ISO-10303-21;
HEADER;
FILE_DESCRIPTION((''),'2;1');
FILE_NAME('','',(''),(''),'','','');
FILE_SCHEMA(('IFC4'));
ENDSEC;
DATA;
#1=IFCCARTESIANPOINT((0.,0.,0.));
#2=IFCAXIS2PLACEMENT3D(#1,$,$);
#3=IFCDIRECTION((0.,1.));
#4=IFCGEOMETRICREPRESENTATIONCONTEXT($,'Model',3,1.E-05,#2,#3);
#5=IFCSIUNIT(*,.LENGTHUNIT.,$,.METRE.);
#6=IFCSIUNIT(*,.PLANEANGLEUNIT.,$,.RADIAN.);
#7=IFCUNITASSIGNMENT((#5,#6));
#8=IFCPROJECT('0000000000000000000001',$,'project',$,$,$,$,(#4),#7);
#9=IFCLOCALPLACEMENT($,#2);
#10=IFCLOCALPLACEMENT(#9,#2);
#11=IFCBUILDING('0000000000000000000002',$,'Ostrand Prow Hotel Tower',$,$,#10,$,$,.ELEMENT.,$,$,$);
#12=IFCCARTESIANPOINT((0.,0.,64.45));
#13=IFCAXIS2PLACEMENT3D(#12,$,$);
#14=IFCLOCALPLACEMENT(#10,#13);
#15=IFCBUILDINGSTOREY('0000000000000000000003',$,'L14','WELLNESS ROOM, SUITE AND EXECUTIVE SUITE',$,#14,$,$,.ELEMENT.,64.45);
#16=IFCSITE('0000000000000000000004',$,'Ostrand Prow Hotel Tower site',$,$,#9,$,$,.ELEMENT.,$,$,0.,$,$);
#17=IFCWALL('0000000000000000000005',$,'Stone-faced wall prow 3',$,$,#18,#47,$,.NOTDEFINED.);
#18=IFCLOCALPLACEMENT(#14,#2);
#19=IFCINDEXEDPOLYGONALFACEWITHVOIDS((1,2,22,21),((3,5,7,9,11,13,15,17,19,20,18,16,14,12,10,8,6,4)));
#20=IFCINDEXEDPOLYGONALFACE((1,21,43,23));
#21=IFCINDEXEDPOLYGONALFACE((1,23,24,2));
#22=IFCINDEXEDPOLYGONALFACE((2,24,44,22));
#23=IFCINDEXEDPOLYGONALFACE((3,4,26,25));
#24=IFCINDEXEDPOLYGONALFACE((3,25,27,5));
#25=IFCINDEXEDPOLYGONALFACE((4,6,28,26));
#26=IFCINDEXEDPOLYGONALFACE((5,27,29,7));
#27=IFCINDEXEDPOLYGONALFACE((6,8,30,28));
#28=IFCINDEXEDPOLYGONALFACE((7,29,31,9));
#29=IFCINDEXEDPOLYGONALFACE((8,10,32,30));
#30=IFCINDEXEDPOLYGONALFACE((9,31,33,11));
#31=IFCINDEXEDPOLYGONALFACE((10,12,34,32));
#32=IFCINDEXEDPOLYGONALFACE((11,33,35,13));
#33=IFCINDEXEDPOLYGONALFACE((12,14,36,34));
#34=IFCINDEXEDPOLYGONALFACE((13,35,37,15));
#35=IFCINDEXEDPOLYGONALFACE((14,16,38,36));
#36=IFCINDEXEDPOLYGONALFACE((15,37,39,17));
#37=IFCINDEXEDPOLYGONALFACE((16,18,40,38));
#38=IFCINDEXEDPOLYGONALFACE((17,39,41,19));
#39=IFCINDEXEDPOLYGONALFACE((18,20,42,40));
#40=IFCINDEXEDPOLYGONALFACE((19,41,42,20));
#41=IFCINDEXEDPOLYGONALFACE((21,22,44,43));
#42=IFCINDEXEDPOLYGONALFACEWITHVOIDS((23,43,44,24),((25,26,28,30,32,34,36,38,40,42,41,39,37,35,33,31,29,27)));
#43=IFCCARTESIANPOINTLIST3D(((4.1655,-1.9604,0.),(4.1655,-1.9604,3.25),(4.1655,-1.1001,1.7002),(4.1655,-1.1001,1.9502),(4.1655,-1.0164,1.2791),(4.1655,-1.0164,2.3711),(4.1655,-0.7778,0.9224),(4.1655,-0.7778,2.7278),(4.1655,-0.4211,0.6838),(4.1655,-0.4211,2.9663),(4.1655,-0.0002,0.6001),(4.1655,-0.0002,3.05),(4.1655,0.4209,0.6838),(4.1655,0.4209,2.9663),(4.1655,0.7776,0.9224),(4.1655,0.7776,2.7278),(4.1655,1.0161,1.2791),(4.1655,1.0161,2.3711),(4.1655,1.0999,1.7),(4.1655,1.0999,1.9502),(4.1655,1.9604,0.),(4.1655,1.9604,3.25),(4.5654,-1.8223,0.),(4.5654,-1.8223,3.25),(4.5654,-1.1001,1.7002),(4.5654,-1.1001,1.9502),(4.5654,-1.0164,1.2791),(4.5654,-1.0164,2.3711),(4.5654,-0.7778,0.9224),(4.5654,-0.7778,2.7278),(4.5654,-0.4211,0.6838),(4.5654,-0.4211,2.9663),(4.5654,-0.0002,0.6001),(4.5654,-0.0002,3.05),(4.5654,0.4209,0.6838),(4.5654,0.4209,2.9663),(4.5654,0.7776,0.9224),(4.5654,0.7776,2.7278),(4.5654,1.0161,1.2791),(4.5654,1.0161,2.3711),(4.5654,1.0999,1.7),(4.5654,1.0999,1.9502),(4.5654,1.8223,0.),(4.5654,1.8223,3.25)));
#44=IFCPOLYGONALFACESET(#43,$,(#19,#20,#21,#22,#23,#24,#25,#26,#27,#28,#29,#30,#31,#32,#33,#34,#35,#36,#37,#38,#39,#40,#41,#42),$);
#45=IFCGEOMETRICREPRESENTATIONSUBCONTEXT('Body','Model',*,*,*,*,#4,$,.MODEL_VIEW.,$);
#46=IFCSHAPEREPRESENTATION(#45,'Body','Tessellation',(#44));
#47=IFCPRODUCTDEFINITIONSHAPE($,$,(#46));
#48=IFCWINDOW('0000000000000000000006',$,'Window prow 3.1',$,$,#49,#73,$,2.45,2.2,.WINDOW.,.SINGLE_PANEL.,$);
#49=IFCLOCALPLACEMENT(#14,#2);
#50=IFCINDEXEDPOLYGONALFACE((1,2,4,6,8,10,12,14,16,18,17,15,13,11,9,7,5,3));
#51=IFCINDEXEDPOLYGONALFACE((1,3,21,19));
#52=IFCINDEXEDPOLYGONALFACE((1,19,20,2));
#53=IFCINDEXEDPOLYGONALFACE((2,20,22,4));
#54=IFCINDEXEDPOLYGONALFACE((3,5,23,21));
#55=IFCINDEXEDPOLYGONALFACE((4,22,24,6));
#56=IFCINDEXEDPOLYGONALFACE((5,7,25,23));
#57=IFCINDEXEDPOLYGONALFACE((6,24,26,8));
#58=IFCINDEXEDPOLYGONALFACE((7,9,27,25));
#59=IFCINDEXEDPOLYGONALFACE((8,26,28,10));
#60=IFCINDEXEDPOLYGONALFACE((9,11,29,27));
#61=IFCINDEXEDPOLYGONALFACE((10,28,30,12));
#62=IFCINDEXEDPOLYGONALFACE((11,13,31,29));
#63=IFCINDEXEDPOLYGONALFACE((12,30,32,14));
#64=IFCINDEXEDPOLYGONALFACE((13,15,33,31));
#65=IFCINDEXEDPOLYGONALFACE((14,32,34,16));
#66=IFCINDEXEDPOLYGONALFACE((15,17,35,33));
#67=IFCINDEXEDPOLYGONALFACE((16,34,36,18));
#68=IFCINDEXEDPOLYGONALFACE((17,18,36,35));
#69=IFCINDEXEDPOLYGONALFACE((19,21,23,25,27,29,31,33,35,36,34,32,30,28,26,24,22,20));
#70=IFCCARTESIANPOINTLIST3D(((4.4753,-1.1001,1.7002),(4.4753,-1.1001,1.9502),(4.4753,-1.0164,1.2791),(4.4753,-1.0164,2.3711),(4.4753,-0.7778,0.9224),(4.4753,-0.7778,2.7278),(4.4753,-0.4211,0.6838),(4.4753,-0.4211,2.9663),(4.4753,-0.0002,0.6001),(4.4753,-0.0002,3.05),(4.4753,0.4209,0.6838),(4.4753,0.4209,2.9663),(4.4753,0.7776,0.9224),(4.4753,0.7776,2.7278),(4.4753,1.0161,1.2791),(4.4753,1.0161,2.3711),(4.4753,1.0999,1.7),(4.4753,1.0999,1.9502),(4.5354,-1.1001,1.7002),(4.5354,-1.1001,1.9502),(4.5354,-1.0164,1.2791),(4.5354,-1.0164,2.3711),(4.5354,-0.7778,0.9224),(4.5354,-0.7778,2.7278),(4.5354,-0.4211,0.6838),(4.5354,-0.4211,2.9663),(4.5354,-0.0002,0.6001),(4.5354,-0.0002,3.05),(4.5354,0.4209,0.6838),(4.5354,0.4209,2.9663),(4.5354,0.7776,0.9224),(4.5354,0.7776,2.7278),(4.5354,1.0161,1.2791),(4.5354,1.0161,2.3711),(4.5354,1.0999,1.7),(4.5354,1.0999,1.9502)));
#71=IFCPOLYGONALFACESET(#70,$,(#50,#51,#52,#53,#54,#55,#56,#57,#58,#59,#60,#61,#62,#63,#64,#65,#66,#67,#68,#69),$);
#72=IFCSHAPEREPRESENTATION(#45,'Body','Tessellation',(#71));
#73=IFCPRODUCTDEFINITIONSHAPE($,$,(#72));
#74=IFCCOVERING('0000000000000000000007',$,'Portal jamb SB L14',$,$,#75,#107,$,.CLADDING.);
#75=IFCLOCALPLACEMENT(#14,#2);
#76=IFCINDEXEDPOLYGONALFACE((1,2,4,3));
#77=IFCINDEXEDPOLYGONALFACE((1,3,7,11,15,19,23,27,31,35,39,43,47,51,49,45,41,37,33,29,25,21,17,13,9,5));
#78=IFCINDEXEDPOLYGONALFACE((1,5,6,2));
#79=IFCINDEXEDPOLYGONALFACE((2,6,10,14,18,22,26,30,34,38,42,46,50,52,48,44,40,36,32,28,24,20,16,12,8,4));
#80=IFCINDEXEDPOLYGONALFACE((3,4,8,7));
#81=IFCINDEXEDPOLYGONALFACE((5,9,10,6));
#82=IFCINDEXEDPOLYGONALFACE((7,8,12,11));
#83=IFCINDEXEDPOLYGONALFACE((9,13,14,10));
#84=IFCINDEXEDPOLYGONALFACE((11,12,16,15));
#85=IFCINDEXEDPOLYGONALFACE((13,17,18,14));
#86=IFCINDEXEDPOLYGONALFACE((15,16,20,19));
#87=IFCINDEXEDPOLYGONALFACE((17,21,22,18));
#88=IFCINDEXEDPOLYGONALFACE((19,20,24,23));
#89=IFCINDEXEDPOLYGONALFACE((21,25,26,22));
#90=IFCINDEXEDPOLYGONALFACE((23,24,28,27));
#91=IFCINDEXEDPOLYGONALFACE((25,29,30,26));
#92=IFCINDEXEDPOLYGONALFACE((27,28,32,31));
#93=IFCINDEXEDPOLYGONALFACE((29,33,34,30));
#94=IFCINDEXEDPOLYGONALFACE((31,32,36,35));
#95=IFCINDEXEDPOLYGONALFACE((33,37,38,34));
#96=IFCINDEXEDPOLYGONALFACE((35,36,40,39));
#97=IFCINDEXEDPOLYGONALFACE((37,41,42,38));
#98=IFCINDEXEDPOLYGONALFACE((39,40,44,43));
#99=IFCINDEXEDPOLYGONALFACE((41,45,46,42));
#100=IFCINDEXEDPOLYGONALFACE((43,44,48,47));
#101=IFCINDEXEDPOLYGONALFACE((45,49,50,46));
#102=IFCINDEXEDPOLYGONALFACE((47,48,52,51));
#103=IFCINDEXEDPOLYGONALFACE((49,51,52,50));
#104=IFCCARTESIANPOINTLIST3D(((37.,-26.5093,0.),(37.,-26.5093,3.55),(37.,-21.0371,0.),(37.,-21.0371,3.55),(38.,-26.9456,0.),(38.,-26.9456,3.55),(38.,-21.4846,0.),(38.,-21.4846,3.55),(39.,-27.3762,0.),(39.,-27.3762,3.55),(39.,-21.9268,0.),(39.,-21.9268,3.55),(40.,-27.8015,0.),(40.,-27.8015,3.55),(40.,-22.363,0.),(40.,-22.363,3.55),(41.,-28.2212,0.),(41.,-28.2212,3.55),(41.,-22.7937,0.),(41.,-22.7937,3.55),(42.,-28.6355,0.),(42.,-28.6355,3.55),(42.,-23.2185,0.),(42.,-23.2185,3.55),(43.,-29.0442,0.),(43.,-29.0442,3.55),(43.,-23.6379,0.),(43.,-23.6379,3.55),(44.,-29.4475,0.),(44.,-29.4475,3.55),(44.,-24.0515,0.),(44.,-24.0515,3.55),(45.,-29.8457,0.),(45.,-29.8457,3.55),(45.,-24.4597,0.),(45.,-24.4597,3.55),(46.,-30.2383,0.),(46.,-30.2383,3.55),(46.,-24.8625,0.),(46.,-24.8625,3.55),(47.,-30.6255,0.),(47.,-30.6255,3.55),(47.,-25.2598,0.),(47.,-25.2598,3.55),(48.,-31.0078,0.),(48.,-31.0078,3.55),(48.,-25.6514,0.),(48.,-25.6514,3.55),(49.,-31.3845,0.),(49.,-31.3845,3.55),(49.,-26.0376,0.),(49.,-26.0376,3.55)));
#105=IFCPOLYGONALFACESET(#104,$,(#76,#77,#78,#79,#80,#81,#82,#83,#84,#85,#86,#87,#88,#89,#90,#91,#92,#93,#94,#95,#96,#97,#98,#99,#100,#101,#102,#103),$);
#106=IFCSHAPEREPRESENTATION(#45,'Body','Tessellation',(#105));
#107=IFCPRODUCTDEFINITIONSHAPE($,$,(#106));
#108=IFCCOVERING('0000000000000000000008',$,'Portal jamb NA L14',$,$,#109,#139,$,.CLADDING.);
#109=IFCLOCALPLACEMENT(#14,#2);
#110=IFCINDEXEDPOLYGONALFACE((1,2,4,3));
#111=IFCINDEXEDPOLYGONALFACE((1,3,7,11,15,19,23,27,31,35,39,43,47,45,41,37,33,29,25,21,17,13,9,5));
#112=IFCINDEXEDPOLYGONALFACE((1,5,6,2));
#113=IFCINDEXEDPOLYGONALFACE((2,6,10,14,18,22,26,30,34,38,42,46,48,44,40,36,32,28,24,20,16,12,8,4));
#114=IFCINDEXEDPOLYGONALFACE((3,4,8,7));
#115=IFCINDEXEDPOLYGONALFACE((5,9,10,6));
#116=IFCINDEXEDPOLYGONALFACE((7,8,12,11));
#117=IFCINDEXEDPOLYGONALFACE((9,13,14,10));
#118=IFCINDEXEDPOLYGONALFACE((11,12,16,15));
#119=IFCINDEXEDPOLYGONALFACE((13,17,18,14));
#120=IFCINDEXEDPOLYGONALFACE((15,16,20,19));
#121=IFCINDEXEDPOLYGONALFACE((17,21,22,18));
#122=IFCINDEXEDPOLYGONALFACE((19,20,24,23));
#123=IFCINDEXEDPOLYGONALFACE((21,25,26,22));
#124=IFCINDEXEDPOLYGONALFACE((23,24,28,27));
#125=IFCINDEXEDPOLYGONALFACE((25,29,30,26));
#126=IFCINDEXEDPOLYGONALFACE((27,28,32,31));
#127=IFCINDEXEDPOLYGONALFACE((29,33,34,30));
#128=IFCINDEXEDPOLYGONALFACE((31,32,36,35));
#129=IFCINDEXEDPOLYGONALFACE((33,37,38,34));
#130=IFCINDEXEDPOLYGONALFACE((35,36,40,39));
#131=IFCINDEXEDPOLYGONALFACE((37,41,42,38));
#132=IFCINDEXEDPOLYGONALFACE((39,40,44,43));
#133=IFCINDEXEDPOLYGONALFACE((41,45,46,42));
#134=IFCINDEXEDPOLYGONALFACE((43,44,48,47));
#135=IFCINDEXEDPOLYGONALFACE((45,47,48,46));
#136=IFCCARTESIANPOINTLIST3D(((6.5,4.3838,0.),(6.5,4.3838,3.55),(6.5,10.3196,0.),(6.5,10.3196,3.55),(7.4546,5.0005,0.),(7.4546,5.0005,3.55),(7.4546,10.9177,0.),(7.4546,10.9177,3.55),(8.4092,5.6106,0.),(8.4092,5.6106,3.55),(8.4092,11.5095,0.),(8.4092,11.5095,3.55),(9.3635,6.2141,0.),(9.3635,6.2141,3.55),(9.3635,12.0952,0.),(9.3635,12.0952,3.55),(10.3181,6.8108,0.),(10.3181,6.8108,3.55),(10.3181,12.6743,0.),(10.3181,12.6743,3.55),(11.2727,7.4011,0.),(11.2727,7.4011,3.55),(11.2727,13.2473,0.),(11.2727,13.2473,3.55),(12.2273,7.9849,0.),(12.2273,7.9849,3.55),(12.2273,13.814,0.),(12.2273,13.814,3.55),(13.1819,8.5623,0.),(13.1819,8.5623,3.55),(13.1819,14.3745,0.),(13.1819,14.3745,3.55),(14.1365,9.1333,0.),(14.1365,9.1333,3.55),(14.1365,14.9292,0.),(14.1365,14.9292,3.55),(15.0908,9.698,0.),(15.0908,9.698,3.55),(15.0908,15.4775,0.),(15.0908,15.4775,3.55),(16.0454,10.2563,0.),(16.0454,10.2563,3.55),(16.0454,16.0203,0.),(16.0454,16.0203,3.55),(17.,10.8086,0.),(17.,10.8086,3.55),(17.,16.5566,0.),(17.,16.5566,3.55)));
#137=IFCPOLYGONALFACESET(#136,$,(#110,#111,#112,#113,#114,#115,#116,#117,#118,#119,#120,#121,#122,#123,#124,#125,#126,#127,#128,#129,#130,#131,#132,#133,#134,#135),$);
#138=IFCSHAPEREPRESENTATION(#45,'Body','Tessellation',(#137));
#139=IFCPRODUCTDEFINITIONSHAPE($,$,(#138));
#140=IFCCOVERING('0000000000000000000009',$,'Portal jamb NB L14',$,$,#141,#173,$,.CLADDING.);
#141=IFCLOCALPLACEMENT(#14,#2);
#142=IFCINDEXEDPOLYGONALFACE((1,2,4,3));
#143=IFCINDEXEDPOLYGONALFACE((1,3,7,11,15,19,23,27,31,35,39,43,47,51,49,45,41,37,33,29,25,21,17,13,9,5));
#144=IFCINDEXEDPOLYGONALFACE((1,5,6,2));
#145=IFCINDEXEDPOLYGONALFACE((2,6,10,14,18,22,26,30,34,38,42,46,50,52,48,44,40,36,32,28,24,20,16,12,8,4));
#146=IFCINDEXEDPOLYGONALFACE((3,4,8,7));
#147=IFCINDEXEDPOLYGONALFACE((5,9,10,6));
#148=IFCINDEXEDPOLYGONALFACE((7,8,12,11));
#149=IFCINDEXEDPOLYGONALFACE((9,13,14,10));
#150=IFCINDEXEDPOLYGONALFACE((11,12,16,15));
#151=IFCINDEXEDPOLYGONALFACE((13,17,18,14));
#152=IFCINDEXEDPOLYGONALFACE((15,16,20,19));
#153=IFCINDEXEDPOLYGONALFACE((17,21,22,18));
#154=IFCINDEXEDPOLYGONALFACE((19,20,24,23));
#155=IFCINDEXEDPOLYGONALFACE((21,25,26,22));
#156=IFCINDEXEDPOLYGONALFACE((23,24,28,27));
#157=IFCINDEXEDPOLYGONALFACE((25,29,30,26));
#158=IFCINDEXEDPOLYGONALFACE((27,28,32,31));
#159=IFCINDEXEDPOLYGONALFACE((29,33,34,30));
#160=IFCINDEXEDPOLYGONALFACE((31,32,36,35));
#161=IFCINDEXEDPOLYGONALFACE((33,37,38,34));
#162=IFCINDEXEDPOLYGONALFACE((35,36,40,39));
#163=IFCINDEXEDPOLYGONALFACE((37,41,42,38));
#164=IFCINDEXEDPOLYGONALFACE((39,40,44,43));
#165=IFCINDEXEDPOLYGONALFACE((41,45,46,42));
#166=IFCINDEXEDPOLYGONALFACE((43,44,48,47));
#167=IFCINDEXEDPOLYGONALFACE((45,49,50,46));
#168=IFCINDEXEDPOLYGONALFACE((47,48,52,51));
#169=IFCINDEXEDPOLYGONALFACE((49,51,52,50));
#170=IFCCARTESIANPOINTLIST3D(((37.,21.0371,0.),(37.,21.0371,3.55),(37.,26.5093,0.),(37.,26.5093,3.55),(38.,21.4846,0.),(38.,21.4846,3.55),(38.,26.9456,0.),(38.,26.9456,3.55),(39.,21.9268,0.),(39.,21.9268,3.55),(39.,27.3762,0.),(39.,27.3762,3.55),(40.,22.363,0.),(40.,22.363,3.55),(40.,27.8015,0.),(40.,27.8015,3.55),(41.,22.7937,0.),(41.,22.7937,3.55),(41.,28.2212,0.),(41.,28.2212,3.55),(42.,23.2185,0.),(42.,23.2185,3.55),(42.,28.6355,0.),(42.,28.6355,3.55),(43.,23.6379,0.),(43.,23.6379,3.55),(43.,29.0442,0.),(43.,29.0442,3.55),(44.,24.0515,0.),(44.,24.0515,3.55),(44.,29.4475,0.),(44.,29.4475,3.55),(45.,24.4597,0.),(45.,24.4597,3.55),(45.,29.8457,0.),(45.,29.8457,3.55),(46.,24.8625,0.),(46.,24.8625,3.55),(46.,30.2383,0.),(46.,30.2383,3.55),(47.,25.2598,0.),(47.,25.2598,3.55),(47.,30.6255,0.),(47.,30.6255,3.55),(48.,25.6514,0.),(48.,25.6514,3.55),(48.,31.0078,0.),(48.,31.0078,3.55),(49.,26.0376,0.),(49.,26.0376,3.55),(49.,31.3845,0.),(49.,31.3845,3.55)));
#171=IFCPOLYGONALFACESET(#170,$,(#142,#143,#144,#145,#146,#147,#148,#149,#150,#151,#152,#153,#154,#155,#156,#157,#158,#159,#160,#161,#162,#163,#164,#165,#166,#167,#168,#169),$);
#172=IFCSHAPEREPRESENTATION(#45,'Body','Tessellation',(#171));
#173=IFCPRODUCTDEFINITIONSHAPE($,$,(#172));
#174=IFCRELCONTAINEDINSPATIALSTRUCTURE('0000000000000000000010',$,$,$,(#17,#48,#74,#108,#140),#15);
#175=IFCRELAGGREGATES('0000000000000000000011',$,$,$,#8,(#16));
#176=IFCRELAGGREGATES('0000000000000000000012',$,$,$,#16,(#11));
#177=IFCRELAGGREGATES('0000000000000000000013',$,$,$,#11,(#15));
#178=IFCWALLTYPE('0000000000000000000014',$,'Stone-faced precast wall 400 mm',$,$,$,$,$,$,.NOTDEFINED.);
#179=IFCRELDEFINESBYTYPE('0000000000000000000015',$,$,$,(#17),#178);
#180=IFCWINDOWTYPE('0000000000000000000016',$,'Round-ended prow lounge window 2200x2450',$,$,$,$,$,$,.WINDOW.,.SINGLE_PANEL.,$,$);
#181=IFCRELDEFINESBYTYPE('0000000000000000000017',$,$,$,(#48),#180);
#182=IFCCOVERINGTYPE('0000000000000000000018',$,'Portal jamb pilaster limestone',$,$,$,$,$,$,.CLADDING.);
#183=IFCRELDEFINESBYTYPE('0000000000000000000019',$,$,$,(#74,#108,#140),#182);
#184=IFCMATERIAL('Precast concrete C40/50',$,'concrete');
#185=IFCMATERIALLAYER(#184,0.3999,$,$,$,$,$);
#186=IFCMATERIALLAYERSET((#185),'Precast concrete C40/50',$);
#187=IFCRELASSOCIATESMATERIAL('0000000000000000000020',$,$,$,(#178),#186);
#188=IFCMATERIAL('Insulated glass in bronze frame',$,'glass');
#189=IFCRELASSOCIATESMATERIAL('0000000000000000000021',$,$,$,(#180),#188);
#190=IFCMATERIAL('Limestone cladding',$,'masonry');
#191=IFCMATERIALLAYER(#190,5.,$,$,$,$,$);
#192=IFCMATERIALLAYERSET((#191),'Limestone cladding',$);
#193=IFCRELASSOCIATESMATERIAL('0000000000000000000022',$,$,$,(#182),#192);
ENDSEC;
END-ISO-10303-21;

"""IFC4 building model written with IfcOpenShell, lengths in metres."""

from ifc_helpers import new_model, si_unit, direction, frame, origin, place, context, subcontext, project, spatial, polyline, outline, extrude, material, layer, layer_set, type_object, element, fill, save


model = new_model("IFC4")

# Units and contexts
model_context = context("Model", 3, precision=1e-05, world=origin(), true_north=direction((0.0, 1.0)))
body_context = subcontext(model_context, "Body", "Model", "MODEL_VIEW")
ifc_project = project(units=[si_unit("LENGTHUNIT", "METRE"), si_unit("PLANEANGLEUNIT", "RADIAN")], contexts=[model_context])

# Site, building, storey
site_placement = place(None, origin())
site = spatial("IfcSite", under=ifc_project, at=site_placement, Name="Ostrand Prow Hotel Tower site", CompositionType="ELEMENT", RefElevation=0.0)
building_placement = place(site_placement, origin())
building = spatial("IfcBuilding", under=site, at=building_placement, Name="Ostrand Prow Hotel Tower", CompositionType="ELEMENT")
storey_placement = place(building_placement, frame((0.0, 0.0, 64.45)))
storey = spatial("IfcBuildingStorey", under=building, at=storey_placement, Name="L14", Description="WELLNESS ROOM, SUITE AND EXECUTIVE SUITE", CompositionType="ELEMENT", Elevation=64.45)

# Wall, opening, window
ifc_material_1 = material(Name="Precast concrete C40/50", Category="concrete")
ifc_layer_1 = layer(ifc_material_1, 0.3999)
ifc_layer_set_1 = layer_set([ifc_layer_1], Name="Precast concrete C40/50")
wall_type_1 = type_object("IfcWallType", Name="Stone-faced precast wall 400 mm", PredefinedType="NOTDEFINED", material=ifc_layer_set_1)
ifc_material_2 = material(Name="Insulated glass in bronze frame", Category="glass")
window_type = type_object("IfcWindowType", Name="Round-ended prow lounge window 2200x2450", PartitioningType="SINGLE_PANEL", PredefinedType="WINDOW", material=ifc_material_2)
wall_1_placement = place(storey_placement, frame((4.3655, 1.8914, 0.0), z_axis=(0.0, 0.0, 1.0), x_axis=(0.0, -1.0, 0.0)))
wall_1 = element("IfcWall", 1, at=wall_1_placement, inside=storey, type_object=wall_type_1, Name="Stone-faced wall prow 3", PredefinedType="NOTDEFINED", context=body_context, shape_type="SweptSolid", body=[
    extrude(outline(polyline([(-0.0691, -0.2), (3.8518, -0.2), (3.7136, 0.2), (0.0691, 0.2), (-0.0691, -0.2)])), origin(), (0.0, 0.0, 1.0), 3.25),
])
opening_1_placement = place(wall_1_placement, frame((0.7915, 0.0, 0.6001)))
opening_1 = element("IfcOpeningElement", 2, at=opening_1_placement, cuts=wall_1, PredefinedType="OPENING", context=body_context, shape_type="SweptSolid", body=[
    extrude(outline(polyline([(0.0, 1.3501), (0.0837, 1.771), (0.3223, 2.1277), (0.679, 2.3662), (1.1001, 2.45), (1.521, 2.3662), (1.8777, 2.1277), (2.1162, 1.771), (2.2, 1.3501), (2.2, 1.1001), (2.1162, 0.679), (1.8777, 0.3223), (1.521, 0.0837), (1.1001, 0.0), (0.679, 0.0837), (0.3223, 0.3223), (0.0837, 0.679), (0.0, 1.0999), (0.0, 1.3501)])), frame((0.0, 0.21, 0.0), z_axis=(0.0, -1.0, 0.0), x_axis=(1.0, 0.0, 0.0)), (0.0, 0.0, 1.0), 0.4199),
])
window_1_placement = place(opening_1_placement, origin())
window_1 = element("IfcWindow", 3, at=window_1_placement, inside=storey, type_object=window_type, Name="Window prow 3.1", OverallHeight=2.45, OverallWidth=2.2, PartitioningType="SINGLE_PANEL", PredefinedType="WINDOW", context=body_context, shape_type="SweptSolid", body=[
    extrude(outline(polyline([(0.0, 1.3501), (0.0837, 1.771), (0.3223, 2.1277), (0.679, 2.3662), (1.1001, 2.45), (1.521, 2.3662), (1.8777, 2.1277), (2.1162, 1.771), (2.2, 1.3501), (2.2, 1.1001), (2.1162, 0.679), (1.8777, 0.3223), (1.521, 0.0837), (1.1001, 0.0), (0.679, 0.0837), (0.3223, 0.3223), (0.0837, 0.679), (0.0, 1.0999), (0.0, 1.3501)])), frame((0.0, 0.1699, 0.0), z_axis=(0.0, -1.0, 0.0), x_axis=(1.0, 0.0, 0.0)), (0.0, 0.0, 1.0), 0.0601),
])
fill(opening_1, window_1)

# Coverings
ifc_material_3 = material(Name="Limestone cladding", Category="masonry")
ifc_layer_2 = layer(ifc_material_3, 5.0)
ifc_layer_set_2 = layer_set([ifc_layer_2], Name="Limestone cladding")
covering_type_1 = type_object("IfcCoveringType", Name="Portal jamb pilaster limestone", PredefinedType="CLADDING", material=ifc_layer_set_2)
covering_1_placement = place(storey_placement, origin())
element("IfcCovering", 4, at=covering_1_placement, inside=storey, type_object=covering_type_1, Name="Portal jamb SB L14", PredefinedType="CLADDING", context=body_context, shape_type="SweptSolid", body=[
    extrude(outline(polyline([(37.0, -21.0371), (37.0, -26.5093), (38.0, -26.9456), (39.0, -27.3762), (40.0, -27.8015), (41.0, -28.2212), (42.0, -28.6355), (43.0, -29.0442), (44.0, -29.4475), (45.0, -29.8457), (46.0, -30.2383), (47.0, -30.6255), (48.0, -31.0078), (49.0, -31.3845), (49.0, -26.0376), (48.0, -25.6514), (47.0, -25.2598), (46.0, -24.8625), (45.0, -24.4597), (44.0, -24.0515), (43.0, -23.6379), (42.0, -23.2185), (41.0, -22.7937), (40.0, -22.363), (39.0, -21.9268), (38.0, -21.4846), (37.0, -21.0371)])), origin(), (0.0, 0.0, 1.0), 3.55),
])
covering_2_placement = place(storey_placement, origin())
element("IfcCovering", 5, at=covering_2_placement, inside=storey, type_object=covering_type_1, Name="Portal jamb NA L14", PredefinedType="CLADDING", context=body_context, shape_type="SweptSolid", body=[
    extrude(outline(polyline([(6.5, 4.3838), (7.4546, 5.0005), (8.4092, 5.6106), (9.3635, 6.2141), (10.3181, 6.8108), (11.2727, 7.4011), (12.2273, 7.9849), (13.1819, 8.5623), (14.1365, 9.1333), (15.0908, 9.698), (16.0454, 10.2563), (17.0, 10.8086), (17.0, 16.5566), (16.0454, 16.0203), (15.0908, 15.4775), (14.1365, 14.9292), (13.1819, 14.3745), (12.2273, 13.814), (11.2727, 13.2473), (10.3181, 12.6743), (9.3635, 12.0952), (8.4092, 11.5095), (7.4546, 10.9177), (6.5, 10.3196), (6.5, 4.3838)])), origin(), (0.0, 0.0, 1.0), 3.55),
])
covering_3_placement = place(storey_placement, origin())
element("IfcCovering", 6, at=covering_3_placement, inside=storey, type_object=covering_type_1, Name="Portal jamb NB L14", PredefinedType="CLADDING", context=body_context, shape_type="SweptSolid", body=[
    extrude(outline(polyline([(37.0, 21.0371), (38.0, 21.4846), (39.0, 21.9268), (40.0, 22.363), (41.0, 22.7937), (42.0, 23.2185), (43.0, 23.6379), (44.0, 24.0515), (45.0, 24.4597), (46.0, 24.8625), (47.0, 25.2598), (48.0, 25.6514), (49.0, 26.0376), (49.0, 31.3845), (48.0, 31.0078), (47.0, 30.6255), (46.0, 30.2383), (45.0, 29.8457), (44.0, 29.4475), (43.0, 29.0442), (42.0, 28.6355), (41.0, 28.2212), (40.0, 27.8015), (39.0, 27.3762), (38.0, 26.9456), (37.0, 26.5093), (37.0, 21.0371)])), origin(), (0.0, 0.0, 1.0), 3.55),
])

save(model, "model.ifc")
